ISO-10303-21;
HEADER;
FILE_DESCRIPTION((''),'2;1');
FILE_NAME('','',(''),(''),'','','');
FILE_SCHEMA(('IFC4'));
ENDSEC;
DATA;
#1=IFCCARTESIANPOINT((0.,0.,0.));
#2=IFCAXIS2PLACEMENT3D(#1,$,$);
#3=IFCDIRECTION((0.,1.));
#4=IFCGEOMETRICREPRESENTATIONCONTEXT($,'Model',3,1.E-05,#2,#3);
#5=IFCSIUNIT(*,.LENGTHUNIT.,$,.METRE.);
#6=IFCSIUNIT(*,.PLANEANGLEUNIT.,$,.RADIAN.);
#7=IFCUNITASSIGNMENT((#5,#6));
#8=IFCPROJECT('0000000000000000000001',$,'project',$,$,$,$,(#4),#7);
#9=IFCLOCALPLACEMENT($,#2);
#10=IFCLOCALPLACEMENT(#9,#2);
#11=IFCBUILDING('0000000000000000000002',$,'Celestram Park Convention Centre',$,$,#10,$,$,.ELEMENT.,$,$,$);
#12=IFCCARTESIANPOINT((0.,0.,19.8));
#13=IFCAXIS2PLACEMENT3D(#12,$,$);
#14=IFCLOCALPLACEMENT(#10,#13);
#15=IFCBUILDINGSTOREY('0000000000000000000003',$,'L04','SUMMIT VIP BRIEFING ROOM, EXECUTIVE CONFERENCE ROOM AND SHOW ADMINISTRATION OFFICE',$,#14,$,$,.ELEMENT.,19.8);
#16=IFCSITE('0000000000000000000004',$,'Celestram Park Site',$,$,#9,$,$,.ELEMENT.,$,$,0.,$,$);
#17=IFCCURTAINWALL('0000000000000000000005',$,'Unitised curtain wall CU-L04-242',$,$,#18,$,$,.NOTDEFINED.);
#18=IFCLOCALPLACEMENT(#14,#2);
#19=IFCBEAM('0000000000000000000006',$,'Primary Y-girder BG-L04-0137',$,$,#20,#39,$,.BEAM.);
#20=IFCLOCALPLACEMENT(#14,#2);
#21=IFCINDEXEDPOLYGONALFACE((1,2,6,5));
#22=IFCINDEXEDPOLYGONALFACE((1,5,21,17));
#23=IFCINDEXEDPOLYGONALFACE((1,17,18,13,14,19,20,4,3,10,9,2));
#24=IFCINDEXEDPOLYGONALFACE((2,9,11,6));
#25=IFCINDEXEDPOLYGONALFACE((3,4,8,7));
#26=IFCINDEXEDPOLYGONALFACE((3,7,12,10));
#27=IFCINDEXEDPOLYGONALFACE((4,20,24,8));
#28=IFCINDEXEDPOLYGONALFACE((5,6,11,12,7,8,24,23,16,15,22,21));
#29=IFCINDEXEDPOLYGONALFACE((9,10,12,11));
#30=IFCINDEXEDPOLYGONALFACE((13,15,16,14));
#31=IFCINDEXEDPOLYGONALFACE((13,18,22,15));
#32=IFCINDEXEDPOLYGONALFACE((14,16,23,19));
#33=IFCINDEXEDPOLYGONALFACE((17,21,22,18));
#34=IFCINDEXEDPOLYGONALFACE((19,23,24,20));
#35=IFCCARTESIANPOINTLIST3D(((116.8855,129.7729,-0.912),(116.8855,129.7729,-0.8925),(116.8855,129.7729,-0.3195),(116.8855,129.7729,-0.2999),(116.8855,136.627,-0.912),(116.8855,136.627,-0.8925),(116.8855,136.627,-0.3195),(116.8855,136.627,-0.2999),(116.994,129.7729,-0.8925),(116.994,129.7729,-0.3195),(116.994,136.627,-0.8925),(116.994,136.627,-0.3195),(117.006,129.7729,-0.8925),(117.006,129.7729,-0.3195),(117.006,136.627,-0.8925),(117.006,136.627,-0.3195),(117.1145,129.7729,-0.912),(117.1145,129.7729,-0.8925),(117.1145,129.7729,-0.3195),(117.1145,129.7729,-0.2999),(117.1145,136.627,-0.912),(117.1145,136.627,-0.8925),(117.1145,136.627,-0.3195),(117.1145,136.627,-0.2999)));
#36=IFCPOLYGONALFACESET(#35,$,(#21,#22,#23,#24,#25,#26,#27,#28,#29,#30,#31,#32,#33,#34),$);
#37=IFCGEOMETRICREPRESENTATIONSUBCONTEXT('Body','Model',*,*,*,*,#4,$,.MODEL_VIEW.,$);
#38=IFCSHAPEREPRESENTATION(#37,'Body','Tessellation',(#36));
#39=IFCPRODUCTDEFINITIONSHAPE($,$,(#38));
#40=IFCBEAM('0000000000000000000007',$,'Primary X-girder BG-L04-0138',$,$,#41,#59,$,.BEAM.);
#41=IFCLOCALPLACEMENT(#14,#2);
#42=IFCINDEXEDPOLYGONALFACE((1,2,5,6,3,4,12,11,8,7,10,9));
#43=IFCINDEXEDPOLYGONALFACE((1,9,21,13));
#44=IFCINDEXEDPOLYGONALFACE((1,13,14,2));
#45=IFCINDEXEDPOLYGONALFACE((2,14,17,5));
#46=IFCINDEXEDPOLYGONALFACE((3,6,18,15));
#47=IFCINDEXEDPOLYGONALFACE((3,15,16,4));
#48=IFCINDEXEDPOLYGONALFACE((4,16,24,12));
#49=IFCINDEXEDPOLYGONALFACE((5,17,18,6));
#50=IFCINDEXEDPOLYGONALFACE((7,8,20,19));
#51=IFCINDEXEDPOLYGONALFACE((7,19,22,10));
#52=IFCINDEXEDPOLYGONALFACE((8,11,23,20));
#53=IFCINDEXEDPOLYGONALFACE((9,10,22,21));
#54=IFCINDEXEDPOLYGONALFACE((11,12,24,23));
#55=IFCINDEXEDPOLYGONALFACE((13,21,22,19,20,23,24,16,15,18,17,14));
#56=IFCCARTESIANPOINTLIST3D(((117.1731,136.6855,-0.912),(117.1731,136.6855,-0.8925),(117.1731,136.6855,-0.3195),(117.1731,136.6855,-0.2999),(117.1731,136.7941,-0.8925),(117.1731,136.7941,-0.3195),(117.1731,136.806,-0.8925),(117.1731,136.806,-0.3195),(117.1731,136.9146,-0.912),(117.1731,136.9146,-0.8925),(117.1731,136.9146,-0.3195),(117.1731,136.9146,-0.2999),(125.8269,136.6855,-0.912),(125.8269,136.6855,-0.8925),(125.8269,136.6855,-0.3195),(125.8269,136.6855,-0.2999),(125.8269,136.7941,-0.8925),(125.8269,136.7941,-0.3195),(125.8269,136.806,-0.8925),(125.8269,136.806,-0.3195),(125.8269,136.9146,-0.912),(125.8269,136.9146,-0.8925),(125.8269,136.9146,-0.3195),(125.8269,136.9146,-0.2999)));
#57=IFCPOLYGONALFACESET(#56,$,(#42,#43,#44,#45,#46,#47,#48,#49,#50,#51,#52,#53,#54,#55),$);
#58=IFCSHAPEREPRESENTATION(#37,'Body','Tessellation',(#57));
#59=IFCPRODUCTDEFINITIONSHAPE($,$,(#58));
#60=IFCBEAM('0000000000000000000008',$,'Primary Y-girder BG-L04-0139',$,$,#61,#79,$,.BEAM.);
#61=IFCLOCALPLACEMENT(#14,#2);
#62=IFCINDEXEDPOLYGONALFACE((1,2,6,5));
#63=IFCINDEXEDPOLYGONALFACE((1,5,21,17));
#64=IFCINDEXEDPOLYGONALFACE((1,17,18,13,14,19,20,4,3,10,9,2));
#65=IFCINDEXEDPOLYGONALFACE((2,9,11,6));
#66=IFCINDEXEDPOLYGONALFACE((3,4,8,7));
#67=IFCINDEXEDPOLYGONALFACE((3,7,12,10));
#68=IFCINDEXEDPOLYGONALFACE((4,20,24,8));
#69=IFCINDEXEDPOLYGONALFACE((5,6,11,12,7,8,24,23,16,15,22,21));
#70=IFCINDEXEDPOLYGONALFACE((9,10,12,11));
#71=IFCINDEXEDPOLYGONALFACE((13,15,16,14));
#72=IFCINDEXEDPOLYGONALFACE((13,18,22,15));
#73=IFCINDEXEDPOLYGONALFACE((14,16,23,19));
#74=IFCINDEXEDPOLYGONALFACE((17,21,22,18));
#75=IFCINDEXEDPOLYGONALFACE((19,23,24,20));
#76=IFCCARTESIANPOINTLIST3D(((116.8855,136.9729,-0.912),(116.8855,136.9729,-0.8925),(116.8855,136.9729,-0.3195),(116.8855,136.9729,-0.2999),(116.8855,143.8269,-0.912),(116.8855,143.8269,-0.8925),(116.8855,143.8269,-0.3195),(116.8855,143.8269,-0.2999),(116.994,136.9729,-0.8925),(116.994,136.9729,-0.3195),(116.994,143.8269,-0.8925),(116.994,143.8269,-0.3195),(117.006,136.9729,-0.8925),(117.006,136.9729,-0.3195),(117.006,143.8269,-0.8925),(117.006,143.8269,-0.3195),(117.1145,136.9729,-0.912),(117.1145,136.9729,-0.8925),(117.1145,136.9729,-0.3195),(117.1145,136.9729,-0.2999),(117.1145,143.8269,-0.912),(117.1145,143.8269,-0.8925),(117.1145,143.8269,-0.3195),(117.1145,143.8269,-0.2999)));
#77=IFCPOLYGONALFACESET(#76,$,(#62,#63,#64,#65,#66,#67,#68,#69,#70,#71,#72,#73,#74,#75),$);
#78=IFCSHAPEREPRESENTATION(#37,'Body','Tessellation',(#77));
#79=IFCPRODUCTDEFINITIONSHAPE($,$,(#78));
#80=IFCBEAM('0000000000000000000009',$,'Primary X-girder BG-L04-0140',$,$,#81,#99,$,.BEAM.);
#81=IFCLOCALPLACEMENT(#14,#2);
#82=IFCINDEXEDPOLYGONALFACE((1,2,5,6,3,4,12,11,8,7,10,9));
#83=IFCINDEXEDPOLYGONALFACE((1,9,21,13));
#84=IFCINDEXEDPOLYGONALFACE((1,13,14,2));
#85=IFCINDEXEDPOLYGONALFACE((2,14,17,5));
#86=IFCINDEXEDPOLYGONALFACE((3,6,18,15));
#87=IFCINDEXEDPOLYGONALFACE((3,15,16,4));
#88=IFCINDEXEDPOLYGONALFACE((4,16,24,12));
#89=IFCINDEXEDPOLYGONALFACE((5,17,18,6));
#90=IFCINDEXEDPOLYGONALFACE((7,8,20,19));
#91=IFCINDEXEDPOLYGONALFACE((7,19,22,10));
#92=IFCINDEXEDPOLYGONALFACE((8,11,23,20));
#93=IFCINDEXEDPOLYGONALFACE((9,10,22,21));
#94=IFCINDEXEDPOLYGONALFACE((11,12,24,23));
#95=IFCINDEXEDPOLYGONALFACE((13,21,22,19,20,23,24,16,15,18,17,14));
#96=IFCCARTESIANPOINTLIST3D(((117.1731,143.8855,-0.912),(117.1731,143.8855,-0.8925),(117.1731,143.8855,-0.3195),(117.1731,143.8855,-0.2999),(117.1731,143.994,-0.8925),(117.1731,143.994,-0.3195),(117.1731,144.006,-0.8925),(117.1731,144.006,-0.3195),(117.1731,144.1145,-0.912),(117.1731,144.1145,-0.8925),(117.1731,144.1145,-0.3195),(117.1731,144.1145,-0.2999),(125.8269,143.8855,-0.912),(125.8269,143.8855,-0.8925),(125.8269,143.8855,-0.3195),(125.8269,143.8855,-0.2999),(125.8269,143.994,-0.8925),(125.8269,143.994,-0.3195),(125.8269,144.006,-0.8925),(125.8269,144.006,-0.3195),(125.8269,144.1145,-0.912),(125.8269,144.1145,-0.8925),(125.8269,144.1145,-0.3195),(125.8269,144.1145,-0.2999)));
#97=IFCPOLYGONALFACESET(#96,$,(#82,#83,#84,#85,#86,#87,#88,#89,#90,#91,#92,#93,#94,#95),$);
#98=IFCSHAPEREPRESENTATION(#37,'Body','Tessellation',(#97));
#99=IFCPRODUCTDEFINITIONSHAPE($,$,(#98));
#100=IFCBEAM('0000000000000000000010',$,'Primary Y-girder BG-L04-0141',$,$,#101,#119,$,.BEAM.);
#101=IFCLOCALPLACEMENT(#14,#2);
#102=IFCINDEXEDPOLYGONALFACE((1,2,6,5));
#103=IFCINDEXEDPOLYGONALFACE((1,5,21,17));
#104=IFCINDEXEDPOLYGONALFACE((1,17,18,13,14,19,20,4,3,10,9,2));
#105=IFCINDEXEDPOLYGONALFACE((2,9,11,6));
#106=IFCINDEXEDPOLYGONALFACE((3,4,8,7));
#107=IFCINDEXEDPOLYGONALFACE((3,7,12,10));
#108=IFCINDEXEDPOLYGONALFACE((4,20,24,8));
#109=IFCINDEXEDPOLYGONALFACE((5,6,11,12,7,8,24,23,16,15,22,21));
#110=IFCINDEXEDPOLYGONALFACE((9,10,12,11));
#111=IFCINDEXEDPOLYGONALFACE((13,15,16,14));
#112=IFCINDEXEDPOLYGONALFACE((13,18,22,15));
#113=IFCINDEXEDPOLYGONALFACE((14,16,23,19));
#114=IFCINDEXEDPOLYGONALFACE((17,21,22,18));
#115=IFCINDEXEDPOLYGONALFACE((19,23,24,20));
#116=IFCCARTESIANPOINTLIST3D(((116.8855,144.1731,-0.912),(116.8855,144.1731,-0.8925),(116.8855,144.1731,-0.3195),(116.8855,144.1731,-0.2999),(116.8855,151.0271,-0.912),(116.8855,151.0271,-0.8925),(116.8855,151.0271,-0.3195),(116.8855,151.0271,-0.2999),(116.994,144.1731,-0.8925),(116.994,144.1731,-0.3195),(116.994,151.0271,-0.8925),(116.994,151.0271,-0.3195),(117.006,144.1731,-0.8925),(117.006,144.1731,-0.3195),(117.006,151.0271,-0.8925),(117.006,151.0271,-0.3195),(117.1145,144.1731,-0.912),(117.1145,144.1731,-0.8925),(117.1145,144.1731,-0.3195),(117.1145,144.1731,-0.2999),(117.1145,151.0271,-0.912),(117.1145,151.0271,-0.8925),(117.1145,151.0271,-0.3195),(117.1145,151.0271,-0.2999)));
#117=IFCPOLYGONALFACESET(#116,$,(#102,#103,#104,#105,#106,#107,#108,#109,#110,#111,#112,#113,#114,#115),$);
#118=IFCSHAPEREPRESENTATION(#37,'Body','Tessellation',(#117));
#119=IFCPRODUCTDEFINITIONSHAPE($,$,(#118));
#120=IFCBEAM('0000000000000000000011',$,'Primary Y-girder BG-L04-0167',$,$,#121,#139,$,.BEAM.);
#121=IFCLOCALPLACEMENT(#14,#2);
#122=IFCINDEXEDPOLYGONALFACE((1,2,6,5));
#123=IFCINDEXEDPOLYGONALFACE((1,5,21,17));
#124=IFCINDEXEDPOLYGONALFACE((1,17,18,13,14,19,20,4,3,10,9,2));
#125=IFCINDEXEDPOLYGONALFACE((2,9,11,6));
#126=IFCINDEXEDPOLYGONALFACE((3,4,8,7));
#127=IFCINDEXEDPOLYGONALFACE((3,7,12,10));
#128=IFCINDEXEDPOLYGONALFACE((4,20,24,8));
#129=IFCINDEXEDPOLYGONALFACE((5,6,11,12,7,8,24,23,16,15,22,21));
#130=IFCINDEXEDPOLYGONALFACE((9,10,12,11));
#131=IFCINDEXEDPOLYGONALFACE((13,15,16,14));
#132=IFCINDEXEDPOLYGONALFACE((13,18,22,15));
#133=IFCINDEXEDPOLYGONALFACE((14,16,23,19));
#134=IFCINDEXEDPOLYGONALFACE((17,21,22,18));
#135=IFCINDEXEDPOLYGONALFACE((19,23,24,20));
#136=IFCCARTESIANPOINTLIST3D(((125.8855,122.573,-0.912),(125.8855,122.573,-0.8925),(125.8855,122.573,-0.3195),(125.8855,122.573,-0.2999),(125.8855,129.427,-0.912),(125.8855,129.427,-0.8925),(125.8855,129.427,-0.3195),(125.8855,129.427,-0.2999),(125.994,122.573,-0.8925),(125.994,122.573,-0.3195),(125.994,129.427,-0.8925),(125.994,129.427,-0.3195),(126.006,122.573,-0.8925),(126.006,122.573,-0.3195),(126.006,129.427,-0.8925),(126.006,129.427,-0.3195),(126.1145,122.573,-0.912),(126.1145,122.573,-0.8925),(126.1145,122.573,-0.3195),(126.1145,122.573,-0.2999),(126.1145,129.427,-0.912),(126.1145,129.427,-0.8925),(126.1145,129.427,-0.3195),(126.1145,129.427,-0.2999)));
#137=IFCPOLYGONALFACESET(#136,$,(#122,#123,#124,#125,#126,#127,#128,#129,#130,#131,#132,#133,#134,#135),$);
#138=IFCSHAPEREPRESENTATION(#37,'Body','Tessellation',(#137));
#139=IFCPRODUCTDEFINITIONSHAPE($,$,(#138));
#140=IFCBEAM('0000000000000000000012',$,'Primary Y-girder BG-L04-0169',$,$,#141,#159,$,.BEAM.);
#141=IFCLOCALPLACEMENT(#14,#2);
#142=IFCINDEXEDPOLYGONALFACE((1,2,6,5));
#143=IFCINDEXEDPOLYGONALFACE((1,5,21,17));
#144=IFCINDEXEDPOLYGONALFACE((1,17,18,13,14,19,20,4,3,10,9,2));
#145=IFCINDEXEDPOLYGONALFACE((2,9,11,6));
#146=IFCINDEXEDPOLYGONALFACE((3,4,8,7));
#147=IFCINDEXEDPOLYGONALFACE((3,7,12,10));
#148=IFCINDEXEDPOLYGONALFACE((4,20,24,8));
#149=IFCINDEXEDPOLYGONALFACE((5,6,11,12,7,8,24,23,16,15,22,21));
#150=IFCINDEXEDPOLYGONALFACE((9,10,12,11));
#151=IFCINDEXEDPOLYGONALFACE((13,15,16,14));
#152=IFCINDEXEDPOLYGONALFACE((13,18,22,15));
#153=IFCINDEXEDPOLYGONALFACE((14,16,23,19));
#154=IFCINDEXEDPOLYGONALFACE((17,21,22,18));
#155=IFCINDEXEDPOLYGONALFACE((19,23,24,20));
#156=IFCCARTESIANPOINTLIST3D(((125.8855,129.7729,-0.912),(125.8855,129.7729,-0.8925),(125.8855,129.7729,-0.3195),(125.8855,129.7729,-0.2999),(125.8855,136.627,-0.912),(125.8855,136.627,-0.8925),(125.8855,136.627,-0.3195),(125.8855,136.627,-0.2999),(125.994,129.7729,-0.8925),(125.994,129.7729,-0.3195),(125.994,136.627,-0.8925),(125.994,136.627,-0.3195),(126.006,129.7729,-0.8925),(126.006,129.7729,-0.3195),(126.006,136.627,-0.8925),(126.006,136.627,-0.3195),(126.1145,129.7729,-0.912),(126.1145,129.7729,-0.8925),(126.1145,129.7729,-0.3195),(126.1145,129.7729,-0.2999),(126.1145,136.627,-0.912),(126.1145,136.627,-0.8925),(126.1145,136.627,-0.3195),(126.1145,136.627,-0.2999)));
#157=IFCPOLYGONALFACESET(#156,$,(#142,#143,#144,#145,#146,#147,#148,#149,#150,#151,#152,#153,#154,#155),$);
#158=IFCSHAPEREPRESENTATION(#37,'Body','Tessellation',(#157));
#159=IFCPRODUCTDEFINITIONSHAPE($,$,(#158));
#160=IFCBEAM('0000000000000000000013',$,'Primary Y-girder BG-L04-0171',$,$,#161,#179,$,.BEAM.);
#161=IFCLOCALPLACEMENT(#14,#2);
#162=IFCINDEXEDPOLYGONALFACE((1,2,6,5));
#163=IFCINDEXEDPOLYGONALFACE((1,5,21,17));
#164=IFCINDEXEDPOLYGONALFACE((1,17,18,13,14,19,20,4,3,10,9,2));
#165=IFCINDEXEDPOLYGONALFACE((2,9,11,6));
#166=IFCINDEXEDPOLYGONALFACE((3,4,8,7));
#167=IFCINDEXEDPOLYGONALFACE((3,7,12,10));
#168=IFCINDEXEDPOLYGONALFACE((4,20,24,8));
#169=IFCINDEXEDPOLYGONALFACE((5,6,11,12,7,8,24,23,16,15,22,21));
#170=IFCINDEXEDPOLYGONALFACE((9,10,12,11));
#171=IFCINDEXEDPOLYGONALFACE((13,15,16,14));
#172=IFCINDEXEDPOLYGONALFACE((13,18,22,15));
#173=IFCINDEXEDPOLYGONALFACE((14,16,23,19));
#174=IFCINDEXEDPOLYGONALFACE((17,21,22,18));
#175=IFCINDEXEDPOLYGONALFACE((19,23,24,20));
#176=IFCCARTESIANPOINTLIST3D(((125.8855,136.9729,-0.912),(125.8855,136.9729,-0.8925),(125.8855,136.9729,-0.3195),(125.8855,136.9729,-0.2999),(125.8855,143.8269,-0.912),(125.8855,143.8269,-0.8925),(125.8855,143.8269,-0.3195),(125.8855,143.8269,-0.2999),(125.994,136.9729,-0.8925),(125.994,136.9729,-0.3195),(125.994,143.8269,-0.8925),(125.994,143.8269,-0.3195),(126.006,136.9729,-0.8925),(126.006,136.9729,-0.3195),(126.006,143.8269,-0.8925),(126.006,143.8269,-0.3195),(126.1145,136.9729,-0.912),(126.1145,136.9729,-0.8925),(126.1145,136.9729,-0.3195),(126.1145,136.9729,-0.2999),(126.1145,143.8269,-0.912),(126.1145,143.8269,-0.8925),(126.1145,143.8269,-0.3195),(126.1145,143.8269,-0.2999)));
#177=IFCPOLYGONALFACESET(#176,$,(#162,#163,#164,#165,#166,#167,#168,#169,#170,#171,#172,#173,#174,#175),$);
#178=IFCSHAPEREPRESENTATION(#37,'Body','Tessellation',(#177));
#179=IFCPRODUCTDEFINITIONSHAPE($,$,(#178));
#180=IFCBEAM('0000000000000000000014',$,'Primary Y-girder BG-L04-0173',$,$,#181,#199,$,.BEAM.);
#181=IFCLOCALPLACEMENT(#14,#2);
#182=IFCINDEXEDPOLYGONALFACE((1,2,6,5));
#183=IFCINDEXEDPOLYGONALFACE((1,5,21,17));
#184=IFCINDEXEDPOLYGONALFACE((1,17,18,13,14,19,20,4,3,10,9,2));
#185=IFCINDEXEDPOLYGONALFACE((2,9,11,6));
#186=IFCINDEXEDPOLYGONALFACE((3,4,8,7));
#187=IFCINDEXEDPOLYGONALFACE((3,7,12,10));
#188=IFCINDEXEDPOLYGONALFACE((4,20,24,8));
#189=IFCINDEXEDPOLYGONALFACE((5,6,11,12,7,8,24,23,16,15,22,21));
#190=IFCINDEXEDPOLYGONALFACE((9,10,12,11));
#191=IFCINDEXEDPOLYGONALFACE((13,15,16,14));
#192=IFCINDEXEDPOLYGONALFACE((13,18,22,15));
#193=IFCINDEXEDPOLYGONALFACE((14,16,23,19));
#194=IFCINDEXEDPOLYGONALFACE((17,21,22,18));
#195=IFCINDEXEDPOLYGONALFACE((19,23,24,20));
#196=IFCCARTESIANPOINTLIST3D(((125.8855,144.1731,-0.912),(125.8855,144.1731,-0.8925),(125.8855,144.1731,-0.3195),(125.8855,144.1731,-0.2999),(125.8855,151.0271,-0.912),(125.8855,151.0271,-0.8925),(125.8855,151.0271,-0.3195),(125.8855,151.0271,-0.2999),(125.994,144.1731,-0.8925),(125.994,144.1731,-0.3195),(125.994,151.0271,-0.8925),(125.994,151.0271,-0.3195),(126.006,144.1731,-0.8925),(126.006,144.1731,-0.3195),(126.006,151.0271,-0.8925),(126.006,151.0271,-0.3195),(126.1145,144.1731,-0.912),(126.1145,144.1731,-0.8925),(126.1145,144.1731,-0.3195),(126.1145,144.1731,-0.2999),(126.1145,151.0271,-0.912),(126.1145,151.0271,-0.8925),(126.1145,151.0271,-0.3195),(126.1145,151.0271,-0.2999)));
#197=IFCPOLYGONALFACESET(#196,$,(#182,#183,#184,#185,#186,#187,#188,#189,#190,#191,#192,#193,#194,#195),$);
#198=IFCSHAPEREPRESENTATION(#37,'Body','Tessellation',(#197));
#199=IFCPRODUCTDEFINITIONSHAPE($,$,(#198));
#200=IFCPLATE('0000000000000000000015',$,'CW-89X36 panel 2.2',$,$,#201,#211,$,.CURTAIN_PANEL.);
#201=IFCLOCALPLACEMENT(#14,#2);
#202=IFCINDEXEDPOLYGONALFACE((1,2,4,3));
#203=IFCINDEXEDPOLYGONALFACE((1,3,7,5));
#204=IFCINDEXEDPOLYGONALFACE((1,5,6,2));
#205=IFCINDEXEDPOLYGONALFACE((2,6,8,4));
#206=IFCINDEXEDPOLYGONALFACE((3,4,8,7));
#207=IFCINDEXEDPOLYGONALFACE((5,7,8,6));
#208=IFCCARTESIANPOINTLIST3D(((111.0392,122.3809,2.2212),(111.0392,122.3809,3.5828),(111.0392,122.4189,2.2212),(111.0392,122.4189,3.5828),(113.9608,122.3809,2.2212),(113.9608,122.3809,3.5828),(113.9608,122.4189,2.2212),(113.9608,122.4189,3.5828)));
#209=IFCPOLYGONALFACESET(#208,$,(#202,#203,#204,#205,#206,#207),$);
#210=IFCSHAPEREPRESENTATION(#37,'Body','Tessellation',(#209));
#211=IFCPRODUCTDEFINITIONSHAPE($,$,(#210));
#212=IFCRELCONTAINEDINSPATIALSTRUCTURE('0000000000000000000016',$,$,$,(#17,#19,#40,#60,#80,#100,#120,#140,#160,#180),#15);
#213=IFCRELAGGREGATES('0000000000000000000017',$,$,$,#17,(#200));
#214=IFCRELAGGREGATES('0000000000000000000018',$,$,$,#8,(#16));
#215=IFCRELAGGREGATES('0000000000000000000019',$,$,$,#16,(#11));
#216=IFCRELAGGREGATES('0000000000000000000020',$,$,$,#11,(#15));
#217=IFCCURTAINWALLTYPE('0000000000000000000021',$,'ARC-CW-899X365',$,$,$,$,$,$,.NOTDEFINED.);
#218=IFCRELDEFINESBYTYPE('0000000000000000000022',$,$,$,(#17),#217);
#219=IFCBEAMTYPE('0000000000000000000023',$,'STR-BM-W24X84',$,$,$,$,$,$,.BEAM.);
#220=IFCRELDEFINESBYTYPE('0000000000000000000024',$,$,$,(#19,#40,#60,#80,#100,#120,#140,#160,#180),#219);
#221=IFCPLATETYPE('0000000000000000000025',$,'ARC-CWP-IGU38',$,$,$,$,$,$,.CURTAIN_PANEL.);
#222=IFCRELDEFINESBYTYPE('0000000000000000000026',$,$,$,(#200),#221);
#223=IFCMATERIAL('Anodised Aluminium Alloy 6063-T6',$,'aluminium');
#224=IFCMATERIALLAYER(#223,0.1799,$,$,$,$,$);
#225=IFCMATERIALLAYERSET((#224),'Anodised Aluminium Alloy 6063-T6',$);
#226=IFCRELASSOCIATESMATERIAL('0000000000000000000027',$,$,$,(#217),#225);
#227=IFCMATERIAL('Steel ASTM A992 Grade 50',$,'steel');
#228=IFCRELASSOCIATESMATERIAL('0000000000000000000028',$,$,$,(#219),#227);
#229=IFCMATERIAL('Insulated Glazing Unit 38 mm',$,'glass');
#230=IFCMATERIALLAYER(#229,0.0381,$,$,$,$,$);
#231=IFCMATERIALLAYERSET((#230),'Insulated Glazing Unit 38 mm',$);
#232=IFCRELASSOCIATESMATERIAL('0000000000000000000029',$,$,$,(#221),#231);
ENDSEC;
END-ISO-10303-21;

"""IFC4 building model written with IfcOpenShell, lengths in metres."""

from ifc_helpers import new_model, si_unit, direction, frame, origin, origin_2d, place, context, subcontext, project, spatial, rectangle, i_section, extrude, material, layer, layer_set, material_profile, profile_set, type_object, element, aggregate, save


model = new_model("IFC4")

# Units and contexts
model_context = context("Model", 3, precision=1e-05, world=origin(), true_north=direction((0.0, 1.0)))
body_context = subcontext(model_context, "Body", "Model", "MODEL_VIEW")
ifc_project = project(units=[si_unit("LENGTHUNIT", "METRE"), si_unit("PLANEANGLEUNIT", "RADIAN")], contexts=[model_context])

# Site, building, storey
site_placement = place(None, origin())
site = spatial("IfcSite", under=ifc_project, at=site_placement, Name="Celestram Park Site", CompositionType="ELEMENT", RefElevation=0.0)
building_placement = place(site_placement, origin())
building = spatial("IfcBuilding", under=site, at=building_placement, Name="Celestram Park Convention Centre", CompositionType="ELEMENT")
storey_placement = place(building_placement, frame((0.0, 0.0, 19.8)))
storey = spatial("IfcBuildingStorey", under=building, at=storey_placement, Name="L04", Description="SUMMIT VIP BRIEFING ROOM, EXECUTIVE CONFERENCE ROOM AND SHOW ADMINISTRATION OFFICE", CompositionType="ELEMENT", Elevation=19.8)

# Shared definitions
ifc_material_1 = material(Name="Steel ASTM A992 Grade 50", Category="steel")

# Curtain wall
ifc_material_2 = material(Name="Anodised Aluminium Alloy 6063-T6", Category="aluminium")
ifc_layer_1 = layer(ifc_material_2, 0.1799)
ifc_layer_set_1 = layer_set([ifc_layer_1], Name="Anodised Aluminium Alloy 6063-T6")
curtain_wall_type = type_object("IfcCurtainWallType", Name="ARC-CW-899X365", PredefinedType="NOTDEFINED", material=ifc_layer_set_1)
curtain_wall_placement = place(storey_placement, origin())
curtain_wall = element("IfcCurtainWall", 1, at=curtain_wall_placement, inside=storey, type_object=curtain_wall_type, Name="Unitised curtain wall CU-L04-242", PredefinedType="NOTDEFINED")

# Beams
ifc_material_profile_1 = material_profile(ifc_material_1, i_section(OverallWidth=0.229, OverallDepth=0.6121, WebThickness=0.012, FlangeThickness=0.0195, at=origin_2d()), Name="W24X84")
ifc_profile_set_1 = profile_set([ifc_material_profile_1], Name="Steel ASTM A992 Grade 50")
beam_type = type_object("IfcBeamType", Name="STR-BM-W24X84", PredefinedType="BEAM", material=ifc_profile_set_1)
beam_1_placement = place(storey_placement, frame((117.0, 129.7729, -0.606), z_axis=(0.0, 1.0, 0.0), x_axis=(-1.0, 0.0, 0.0)))
element("IfcBeam", 2, at=beam_1_placement, inside=storey, type_object=beam_type, Name="Primary Y-girder BG-L04-0137", PredefinedType="BEAM", context=body_context, shape_type="SweptSolid", body=[
    extrude(i_section(OverallWidth=0.229, OverallDepth=0.6121, WebThickness=0.012, FlangeThickness=0.0195, at=origin_2d()), origin(), (0.0, 0.0, 1.0), 6.854),
])
beam_2_placement = place(storey_placement, frame((117.1731, 136.8, -0.606), z_axis=(1.0, 0.0, 0.0), x_axis=(0.0, 1.0, 0.0)))
element("IfcBeam", 3, at=beam_2_placement, inside=storey, type_object=beam_type, Name="Primary X-girder BG-L04-0138", PredefinedType="BEAM", context=body_context, shape_type="SweptSolid", body=[
    extrude(i_section(OverallWidth=0.229, OverallDepth=0.6121, WebThickness=0.012, FlangeThickness=0.0195, at=origin_2d()), origin(), (0.0, 0.0, 1.0), 8.6538),
])
beam_3_placement = place(storey_placement, frame((117.0, 136.9729, -0.606), z_axis=(0.0, 1.0, 0.0), x_axis=(-1.0, 0.0, 0.0)))
element("IfcBeam", 4, at=beam_3_placement, inside=storey, type_object=beam_type, Name="Primary Y-girder BG-L04-0139", PredefinedType="BEAM", context=body_context, shape_type="SweptSolid", body=[
    extrude(i_section(OverallWidth=0.229, OverallDepth=0.6121, WebThickness=0.012, FlangeThickness=0.0195, at=origin_2d()), origin(), (0.0, 0.0, 1.0), 6.854),
])
beam_4_placement = place(storey_placement, frame((117.1731, 144.0, -0.606), z_axis=(1.0, 0.0, 0.0), x_axis=(0.0, 1.0, 0.0)))
element("IfcBeam", 5, at=beam_4_placement, inside=storey, type_object=beam_type, Name="Primary X-girder BG-L04-0140", PredefinedType="BEAM", context=body_context, shape_type="SweptSolid", body=[
    extrude(i_section(OverallWidth=0.229, OverallDepth=0.6121, WebThickness=0.012, FlangeThickness=0.0195, at=origin_2d()), origin(), (0.0, 0.0, 1.0), 8.6538),
])
for number, where, z_axis, x_axis, name in (
    (6, (117.0, 144.1731, -0.606), (0.0, 1.0, 0.0), (-1.0, 0.0, 0.0), "Primary Y-girder BG-L04-0141"),
    (7, (126.0, 122.573, -0.606), (0.0, 1.0, 0.0), (-1.0, 0.0, 0.0), "Primary Y-girder BG-L04-0167"),
    (8, (126.0, 129.7729, -0.606), (0.0, 1.0, 0.0), (-1.0, 0.0, 0.0), "Primary Y-girder BG-L04-0169"),
    (9, (126.0, 136.9729, -0.606), (0.0, 1.0, 0.0), (-1.0, 0.0, 0.0), "Primary Y-girder BG-L04-0171"),
    (10, (126.0, 144.1731, -0.606), (0.0, 1.0, 0.0), (-1.0, 0.0, 0.0), "Primary Y-girder BG-L04-0173"),
):
    element("IfcBeam", number, at=place(storey_placement, frame(where, z_axis=z_axis, x_axis=x_axis)), inside=storey, type_object=beam_type, Name=name, PredefinedType="BEAM", context=body_context, shape_type="SweptSolid", body=[
        extrude(i_section(OverallWidth=0.229, OverallDepth=0.6121, WebThickness=0.012, FlangeThickness=0.0195, at=origin_2d()), origin(), (0.0, 0.0, 1.0), 6.854),
    ])

# Plate
ifc_material_3 = material(Name="Insulated Glazing Unit 38 mm", Category="glass")
ifc_layer_2 = layer(ifc_material_3, 0.0381)
ifc_layer_set_2 = layer_set([ifc_layer_2], Name="Insulated Glazing Unit 38 mm")
plate_type = type_object("IfcPlateType", Name="ARC-CWP-IGU38", PredefinedType="CURTAIN_PANEL", material=ifc_layer_set_2)
plate_1_placement = place(storey_placement, frame((112.5, 122.3999, 2.2212), z_axis=(0.0, 0.0, 1.0), x_axis=(1.0, 0.0, 0.0)))
plate_1 = element("IfcPlate", 11, at=plate_1_placement, type_object=plate_type, Name="CW-89X36 panel 2.2", PredefinedType="CURTAIN_PANEL", context=body_context, shape_type="SweptSolid", body=[
    extrude(rectangle(XDim=2.9216, YDim=0.0381, at=origin_2d()), origin(), (0.0, 0.0, 1.0), 1.3616),
])
aggregate(curtain_wall, [plate_1])

save(model, "model.ifc")
